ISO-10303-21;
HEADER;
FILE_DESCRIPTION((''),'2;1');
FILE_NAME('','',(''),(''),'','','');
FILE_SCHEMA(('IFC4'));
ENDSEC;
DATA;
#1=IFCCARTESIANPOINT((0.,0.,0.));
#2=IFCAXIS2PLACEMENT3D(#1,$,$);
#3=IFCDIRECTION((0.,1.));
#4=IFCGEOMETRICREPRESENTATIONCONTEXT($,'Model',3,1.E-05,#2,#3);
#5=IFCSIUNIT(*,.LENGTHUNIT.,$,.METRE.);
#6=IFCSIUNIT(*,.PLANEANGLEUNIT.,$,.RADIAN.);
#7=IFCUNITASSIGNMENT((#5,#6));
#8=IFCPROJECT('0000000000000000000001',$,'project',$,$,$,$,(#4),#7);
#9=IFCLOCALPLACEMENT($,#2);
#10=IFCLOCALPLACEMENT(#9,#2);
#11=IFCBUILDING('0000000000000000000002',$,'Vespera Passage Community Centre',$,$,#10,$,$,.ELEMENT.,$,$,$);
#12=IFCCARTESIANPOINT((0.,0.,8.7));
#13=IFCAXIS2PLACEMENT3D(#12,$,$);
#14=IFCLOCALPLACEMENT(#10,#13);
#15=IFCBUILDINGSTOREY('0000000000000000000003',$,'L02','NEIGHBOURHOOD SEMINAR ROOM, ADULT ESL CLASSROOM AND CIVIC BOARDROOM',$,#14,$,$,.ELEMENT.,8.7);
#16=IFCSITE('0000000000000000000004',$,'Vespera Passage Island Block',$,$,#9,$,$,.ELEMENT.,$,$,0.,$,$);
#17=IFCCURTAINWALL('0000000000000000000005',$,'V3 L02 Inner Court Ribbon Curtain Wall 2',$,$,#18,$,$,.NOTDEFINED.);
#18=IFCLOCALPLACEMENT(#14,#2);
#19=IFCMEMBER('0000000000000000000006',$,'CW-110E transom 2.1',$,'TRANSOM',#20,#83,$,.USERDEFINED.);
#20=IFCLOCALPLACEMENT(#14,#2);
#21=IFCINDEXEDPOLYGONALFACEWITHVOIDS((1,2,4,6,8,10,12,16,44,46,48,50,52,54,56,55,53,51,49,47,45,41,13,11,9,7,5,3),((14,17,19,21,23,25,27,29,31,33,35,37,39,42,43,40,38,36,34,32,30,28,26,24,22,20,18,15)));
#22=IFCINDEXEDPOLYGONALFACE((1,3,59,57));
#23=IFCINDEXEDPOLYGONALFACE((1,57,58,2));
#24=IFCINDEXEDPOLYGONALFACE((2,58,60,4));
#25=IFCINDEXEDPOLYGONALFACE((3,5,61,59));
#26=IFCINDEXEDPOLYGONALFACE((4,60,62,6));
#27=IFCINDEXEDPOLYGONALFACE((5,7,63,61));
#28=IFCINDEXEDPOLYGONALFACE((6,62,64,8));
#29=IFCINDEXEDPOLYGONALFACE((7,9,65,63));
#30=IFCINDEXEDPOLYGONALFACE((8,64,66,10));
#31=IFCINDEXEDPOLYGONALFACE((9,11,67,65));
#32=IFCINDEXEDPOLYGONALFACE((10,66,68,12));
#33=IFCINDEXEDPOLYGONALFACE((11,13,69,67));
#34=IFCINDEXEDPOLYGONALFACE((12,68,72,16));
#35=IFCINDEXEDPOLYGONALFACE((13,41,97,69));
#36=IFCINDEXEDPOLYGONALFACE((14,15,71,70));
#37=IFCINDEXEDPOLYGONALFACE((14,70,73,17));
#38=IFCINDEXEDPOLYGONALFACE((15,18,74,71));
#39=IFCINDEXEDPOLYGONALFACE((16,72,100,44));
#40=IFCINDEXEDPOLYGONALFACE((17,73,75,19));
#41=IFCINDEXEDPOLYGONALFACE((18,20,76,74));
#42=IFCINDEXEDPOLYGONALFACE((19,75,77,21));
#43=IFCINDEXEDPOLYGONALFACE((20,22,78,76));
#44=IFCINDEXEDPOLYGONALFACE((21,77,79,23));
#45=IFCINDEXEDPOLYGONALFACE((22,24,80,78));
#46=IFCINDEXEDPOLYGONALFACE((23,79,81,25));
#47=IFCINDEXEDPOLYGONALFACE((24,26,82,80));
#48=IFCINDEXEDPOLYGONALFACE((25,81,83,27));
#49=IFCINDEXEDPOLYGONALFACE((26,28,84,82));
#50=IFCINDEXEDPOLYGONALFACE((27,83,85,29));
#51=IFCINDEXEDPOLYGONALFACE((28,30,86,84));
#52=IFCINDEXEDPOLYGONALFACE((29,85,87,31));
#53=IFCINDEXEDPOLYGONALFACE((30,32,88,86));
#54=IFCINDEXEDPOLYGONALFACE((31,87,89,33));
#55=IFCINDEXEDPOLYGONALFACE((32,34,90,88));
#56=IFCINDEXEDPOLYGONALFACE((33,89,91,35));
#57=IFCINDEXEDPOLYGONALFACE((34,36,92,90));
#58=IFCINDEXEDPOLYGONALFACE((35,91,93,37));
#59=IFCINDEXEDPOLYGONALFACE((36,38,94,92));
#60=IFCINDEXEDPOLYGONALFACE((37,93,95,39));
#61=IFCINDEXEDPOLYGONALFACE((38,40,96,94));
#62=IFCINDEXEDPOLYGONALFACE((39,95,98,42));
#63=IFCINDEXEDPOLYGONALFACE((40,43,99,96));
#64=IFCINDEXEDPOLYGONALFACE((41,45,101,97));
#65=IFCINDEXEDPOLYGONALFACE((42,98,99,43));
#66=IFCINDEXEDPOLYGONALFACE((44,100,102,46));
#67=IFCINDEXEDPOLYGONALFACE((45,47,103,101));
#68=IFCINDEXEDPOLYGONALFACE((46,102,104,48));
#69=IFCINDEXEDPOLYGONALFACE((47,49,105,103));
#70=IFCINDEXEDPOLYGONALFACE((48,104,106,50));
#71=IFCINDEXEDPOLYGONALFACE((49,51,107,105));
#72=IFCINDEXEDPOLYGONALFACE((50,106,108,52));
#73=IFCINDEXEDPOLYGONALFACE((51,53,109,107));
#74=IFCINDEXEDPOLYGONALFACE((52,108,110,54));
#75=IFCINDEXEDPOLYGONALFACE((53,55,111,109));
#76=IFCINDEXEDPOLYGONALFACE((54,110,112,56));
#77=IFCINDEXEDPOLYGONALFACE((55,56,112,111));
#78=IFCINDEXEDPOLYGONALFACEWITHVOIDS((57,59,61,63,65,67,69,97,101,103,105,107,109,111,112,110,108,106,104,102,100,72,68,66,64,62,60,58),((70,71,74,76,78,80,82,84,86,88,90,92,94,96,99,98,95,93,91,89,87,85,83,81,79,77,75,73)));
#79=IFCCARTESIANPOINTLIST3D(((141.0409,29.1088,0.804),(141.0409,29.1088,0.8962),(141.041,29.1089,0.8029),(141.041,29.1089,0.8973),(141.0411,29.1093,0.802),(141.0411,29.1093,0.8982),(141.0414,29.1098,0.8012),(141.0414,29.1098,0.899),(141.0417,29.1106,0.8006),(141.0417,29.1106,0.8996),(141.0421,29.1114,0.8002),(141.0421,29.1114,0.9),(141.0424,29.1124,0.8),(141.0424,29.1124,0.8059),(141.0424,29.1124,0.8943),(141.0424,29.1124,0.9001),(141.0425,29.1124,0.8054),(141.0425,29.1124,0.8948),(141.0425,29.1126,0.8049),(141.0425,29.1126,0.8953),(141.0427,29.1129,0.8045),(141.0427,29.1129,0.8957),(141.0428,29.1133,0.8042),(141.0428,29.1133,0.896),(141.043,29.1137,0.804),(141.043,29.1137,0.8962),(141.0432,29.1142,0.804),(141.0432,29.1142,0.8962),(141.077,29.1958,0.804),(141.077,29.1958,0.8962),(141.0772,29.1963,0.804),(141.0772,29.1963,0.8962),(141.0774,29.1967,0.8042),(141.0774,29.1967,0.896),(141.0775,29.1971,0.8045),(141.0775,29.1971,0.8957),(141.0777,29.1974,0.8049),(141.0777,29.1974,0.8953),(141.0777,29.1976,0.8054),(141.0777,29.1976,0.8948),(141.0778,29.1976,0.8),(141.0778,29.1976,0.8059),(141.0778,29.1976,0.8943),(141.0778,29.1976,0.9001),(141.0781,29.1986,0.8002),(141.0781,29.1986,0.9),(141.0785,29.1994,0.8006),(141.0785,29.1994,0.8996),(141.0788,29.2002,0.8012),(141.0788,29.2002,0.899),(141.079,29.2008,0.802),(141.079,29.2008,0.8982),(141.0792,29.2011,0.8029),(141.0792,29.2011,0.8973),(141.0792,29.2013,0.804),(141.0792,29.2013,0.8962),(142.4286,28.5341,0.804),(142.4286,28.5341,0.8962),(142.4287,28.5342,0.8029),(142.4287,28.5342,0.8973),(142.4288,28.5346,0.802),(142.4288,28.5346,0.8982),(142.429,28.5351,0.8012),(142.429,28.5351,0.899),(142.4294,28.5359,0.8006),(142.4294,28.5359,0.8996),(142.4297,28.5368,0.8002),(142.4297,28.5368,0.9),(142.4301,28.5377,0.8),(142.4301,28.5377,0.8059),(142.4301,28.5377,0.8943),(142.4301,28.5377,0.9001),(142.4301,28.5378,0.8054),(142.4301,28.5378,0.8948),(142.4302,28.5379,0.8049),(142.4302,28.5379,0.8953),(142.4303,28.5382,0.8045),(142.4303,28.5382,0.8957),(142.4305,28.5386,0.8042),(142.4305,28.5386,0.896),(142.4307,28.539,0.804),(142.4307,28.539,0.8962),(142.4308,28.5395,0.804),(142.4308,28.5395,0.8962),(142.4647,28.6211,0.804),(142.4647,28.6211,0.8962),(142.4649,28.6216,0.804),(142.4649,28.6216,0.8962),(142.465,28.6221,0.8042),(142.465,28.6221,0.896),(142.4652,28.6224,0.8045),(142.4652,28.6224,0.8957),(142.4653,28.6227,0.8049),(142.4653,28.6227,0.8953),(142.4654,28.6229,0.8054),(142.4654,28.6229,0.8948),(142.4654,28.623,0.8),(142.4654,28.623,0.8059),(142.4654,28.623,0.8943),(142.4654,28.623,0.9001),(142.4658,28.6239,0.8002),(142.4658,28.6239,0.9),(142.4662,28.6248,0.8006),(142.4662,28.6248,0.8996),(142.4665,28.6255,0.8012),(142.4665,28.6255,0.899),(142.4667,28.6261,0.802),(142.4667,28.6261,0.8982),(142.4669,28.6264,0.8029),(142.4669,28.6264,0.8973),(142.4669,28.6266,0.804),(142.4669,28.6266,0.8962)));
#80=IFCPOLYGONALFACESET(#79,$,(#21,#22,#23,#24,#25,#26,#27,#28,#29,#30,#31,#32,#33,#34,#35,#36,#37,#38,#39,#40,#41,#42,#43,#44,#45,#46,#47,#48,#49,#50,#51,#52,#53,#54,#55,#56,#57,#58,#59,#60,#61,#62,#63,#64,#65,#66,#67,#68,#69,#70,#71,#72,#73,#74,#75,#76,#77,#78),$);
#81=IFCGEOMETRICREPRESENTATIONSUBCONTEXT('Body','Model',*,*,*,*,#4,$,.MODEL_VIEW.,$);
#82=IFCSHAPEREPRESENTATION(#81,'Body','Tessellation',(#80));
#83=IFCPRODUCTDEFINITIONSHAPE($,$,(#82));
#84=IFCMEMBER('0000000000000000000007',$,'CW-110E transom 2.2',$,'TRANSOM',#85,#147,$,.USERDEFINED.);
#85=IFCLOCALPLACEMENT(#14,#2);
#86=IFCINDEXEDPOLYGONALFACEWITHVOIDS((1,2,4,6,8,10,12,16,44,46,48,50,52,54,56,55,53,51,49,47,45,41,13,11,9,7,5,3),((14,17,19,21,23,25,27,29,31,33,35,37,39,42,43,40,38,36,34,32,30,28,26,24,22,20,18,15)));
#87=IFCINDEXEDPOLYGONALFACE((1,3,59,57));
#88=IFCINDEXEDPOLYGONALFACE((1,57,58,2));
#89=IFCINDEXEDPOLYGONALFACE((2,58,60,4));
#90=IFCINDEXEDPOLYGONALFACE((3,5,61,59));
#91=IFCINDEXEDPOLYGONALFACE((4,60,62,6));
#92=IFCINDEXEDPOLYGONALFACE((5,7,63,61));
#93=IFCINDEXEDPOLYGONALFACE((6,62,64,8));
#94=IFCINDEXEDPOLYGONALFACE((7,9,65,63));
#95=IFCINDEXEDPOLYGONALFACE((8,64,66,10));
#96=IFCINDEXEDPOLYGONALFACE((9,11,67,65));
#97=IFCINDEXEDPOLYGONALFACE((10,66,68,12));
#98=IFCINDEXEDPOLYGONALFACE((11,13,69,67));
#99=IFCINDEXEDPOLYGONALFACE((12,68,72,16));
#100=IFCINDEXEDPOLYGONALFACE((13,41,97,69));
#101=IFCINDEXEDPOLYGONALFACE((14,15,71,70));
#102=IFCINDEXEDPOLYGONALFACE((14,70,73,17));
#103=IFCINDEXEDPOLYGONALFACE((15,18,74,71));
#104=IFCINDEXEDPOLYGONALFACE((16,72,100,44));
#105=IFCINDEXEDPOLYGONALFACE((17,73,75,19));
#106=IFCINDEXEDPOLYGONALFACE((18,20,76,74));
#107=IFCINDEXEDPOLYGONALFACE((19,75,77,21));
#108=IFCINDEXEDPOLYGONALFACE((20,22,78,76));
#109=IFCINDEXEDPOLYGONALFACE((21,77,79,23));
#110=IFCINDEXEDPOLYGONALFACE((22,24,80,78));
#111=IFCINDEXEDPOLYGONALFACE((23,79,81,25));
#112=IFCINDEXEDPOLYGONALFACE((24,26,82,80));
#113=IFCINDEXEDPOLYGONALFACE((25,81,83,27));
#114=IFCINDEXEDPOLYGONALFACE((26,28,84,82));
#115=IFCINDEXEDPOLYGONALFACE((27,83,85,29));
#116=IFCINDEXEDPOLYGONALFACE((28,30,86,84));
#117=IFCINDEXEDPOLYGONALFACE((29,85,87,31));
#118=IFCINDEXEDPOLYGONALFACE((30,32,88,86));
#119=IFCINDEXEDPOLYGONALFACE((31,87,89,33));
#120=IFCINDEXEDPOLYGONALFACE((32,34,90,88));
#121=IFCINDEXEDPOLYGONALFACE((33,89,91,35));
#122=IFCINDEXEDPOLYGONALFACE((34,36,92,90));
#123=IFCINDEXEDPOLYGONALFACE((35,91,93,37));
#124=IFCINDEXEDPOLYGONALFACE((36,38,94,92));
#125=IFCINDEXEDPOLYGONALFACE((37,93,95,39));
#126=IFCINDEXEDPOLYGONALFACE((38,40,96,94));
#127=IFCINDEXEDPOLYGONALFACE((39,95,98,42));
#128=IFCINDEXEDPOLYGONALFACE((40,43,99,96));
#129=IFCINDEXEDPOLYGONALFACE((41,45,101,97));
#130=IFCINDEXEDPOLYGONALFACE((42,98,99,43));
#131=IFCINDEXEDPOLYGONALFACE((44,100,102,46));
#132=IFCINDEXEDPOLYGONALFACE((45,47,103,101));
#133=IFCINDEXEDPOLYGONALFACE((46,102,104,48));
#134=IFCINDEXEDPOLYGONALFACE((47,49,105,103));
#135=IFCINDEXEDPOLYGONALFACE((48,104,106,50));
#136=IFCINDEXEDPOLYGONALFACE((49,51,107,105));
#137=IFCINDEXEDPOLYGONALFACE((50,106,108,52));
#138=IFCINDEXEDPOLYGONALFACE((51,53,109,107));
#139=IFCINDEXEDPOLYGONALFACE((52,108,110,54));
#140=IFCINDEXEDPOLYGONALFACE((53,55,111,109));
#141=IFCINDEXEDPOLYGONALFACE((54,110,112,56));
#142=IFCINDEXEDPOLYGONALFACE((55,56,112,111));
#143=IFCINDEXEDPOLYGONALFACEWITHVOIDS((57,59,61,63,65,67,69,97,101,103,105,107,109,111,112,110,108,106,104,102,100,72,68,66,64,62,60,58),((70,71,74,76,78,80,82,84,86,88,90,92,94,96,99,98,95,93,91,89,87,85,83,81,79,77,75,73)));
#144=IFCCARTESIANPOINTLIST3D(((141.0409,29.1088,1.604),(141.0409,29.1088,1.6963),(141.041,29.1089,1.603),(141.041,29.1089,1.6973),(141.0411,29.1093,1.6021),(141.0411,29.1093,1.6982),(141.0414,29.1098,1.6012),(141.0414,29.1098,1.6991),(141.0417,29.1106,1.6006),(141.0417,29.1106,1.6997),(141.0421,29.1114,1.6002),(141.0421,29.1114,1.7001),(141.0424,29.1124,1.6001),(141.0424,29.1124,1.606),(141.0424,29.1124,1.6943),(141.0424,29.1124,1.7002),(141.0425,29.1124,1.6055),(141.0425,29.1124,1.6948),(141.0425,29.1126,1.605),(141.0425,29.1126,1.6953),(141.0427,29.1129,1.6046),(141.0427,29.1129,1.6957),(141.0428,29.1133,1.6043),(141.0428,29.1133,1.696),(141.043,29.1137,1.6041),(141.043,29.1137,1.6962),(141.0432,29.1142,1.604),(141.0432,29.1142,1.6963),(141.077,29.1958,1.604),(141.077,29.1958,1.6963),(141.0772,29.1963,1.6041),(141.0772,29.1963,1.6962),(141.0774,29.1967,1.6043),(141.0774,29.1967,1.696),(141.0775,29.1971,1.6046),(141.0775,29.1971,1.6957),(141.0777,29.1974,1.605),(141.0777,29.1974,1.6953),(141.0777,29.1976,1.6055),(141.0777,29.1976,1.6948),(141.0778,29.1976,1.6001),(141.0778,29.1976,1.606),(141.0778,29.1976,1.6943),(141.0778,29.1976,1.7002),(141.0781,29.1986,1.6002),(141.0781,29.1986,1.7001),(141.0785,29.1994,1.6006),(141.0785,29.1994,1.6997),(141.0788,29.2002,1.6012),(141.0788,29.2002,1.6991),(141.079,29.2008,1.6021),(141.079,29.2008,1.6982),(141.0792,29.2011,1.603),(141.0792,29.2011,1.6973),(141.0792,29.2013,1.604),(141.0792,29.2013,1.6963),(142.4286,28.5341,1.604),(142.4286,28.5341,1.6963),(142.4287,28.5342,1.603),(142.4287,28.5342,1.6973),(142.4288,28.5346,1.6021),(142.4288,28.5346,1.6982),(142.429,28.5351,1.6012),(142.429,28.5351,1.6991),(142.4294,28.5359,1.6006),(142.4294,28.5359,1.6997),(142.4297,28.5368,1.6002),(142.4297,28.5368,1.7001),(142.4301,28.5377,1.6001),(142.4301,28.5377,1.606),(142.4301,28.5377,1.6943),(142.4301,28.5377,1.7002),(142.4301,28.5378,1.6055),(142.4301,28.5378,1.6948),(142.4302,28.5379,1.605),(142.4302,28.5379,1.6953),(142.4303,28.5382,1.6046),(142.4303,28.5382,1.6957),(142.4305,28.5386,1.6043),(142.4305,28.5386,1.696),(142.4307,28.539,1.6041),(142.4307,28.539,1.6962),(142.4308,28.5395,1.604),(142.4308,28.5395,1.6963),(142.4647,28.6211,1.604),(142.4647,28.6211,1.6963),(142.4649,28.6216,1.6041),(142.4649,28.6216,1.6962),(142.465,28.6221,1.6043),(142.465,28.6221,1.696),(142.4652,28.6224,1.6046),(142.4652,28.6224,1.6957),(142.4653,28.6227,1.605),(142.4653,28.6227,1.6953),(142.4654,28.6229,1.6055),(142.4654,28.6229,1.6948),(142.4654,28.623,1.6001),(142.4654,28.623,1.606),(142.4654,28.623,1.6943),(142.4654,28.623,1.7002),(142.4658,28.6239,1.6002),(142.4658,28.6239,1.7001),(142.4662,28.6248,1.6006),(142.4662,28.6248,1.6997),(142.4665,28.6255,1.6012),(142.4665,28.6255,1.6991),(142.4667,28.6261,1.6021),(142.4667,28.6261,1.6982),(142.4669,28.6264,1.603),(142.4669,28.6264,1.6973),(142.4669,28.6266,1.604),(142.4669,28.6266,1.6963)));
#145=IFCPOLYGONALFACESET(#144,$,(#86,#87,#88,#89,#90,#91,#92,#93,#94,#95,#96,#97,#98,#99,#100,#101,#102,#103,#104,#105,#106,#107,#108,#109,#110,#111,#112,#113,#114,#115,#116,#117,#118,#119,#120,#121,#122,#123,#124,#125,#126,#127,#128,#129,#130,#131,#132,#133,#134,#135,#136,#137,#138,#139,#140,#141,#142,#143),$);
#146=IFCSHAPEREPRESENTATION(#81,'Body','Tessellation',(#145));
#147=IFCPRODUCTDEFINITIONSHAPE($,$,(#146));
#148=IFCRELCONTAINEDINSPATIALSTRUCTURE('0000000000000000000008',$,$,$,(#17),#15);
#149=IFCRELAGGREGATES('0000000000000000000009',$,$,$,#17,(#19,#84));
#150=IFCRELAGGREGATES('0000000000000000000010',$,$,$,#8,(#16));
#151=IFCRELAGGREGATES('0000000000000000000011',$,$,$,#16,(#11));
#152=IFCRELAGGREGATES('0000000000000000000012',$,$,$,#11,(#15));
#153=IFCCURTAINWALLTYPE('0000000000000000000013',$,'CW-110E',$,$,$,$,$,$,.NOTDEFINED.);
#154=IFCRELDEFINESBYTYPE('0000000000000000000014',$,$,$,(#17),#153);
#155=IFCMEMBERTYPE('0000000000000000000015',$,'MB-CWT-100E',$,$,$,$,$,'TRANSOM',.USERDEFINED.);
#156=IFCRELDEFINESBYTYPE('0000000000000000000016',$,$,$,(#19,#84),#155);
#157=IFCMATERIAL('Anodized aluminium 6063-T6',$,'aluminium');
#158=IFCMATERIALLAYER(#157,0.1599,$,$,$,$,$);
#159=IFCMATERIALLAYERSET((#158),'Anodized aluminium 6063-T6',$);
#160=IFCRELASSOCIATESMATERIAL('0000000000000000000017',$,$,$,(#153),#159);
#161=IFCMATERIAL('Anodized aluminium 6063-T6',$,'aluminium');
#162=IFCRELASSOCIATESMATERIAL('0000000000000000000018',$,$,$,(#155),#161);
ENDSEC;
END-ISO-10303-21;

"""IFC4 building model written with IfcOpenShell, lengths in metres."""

from ifc_helpers import new_model, si_unit, direction, frame, origin, origin_2d, place, context, subcontext, project, spatial, hollow_rectangle, extrude, material, layer, layer_set, material_profile, profile_set, type_object, element, aggregate, save


model = new_model("IFC4")

# Units and contexts
model_context = context("Model", 3, precision=1e-05, world=origin(), true_north=direction((0.0, 1.0)))
body_context = subcontext(model_context, "Body", "Model", "MODEL_VIEW")
ifc_project = project(units=[si_unit("LENGTHUNIT", "METRE"), si_unit("PLANEANGLEUNIT", "RADIAN")], contexts=[model_context])

# Site, building, storey
site_placement = place(None, origin())
site = spatial("IfcSite", under=ifc_project, at=site_placement, Name="Vespera Passage Island Block", CompositionType="ELEMENT", RefElevation=0.0)
building_placement = place(site_placement, origin())
building = spatial("IfcBuilding", under=site, at=building_placement, Name="Vespera Passage Community Centre", CompositionType="ELEMENT")
storey_placement = place(building_placement, frame((0.0, 0.0, 8.7)))
storey = spatial("IfcBuildingStorey", under=building, at=storey_placement, Name="L02", Description="NEIGHBOURHOOD SEMINAR ROOM, ADULT ESL CLASSROOM AND CIVIC BOARDROOM", CompositionType="ELEMENT", Elevation=8.7)

# Curtain wall
ifc_material_1 = material(Name="Anodized aluminium 6063-T6", Category="aluminium")
ifc_layer_1 = layer(ifc_material_1, 0.1599)
ifc_layer_set_1 = layer_set([ifc_layer_1], Name="Anodized aluminium 6063-T6")
curtain_wall_type = type_object("IfcCurtainWallType", Name="CW-110E", PredefinedType="NOTDEFINED", material=ifc_layer_set_1)
curtain_wall_1_placement = place(storey_placement, origin())
curtain_wall_1 = element("IfcCurtainWall", 1, at=curtain_wall_1_placement, inside=storey, type_object=curtain_wall_type, Name="V3 L02 Inner Court Ribbon Curtain Wall 2", PredefinedType="NOTDEFINED")

# Members
ifc_material_2 = material(Name="Anodized aluminium 6063-T6", Category="aluminium")
ifc_material_profile_1 = material_profile(ifc_material_2, hollow_rectangle(XDim=0.1001, YDim=0.1001, WallThickness=0.0039, InnerFilletRadius=0.002, OuterFilletRadius=0.0039, at=origin_2d()), Name="ALU100X100X4")
ifc_profile_set_1 = profile_set([ifc_material_profile_1], Name="Anodized aluminium 6063-T6")
member_type_1 = type_object("IfcMemberType", Name="MB-CWT-100E", ElementType="TRANSOM", PredefinedType="USERDEFINED", material=ifc_profile_set_1)
member_1_placement = place(storey_placement, frame((142.4478, 28.5803, 0.8501), z_axis=(-0.923902, 0.382629, 0.0), x_axis=(-0.382629, -0.923902, 0.0)))
member_1 = element("IfcMember", 2, at=member_1_placement, type_object=member_type_1, Name="CW-110E transom 2.1", ObjectType="TRANSOM", PredefinedType="USERDEFINED", context=body_context, shape_type="SweptSolid", body=[
    extrude(hollow_rectangle(XDim=0.1001, YDim=0.1001, WallThickness=0.0039, InnerFilletRadius=0.002, OuterFilletRadius=0.0039, at=origin_2d()), origin(), (0.0, 0.0, 1.0), 1.502),
])
member_2_placement = place(storey_placement, frame((142.4478, 28.5803, 1.6501), z_axis=(-0.923902, 0.382629, 0.0), x_axis=(-0.382629, -0.923902, 0.0)))
member_2 = element("IfcMember", 3, at=member_2_placement, type_object=member_type_1, Name="CW-110E transom 2.2", ObjectType="TRANSOM", PredefinedType="USERDEFINED", context=body_context, shape_type="SweptSolid", body=[
    extrude(hollow_rectangle(XDim=0.1001, YDim=0.1001, WallThickness=0.0039, InnerFilletRadius=0.002, OuterFilletRadius=0.0039, at=origin_2d()), origin(), (0.0, 0.0, 1.0), 1.502),
])

aggregate(curtain_wall_1, [member_1, member_2])

save(model, "model.ifc")
